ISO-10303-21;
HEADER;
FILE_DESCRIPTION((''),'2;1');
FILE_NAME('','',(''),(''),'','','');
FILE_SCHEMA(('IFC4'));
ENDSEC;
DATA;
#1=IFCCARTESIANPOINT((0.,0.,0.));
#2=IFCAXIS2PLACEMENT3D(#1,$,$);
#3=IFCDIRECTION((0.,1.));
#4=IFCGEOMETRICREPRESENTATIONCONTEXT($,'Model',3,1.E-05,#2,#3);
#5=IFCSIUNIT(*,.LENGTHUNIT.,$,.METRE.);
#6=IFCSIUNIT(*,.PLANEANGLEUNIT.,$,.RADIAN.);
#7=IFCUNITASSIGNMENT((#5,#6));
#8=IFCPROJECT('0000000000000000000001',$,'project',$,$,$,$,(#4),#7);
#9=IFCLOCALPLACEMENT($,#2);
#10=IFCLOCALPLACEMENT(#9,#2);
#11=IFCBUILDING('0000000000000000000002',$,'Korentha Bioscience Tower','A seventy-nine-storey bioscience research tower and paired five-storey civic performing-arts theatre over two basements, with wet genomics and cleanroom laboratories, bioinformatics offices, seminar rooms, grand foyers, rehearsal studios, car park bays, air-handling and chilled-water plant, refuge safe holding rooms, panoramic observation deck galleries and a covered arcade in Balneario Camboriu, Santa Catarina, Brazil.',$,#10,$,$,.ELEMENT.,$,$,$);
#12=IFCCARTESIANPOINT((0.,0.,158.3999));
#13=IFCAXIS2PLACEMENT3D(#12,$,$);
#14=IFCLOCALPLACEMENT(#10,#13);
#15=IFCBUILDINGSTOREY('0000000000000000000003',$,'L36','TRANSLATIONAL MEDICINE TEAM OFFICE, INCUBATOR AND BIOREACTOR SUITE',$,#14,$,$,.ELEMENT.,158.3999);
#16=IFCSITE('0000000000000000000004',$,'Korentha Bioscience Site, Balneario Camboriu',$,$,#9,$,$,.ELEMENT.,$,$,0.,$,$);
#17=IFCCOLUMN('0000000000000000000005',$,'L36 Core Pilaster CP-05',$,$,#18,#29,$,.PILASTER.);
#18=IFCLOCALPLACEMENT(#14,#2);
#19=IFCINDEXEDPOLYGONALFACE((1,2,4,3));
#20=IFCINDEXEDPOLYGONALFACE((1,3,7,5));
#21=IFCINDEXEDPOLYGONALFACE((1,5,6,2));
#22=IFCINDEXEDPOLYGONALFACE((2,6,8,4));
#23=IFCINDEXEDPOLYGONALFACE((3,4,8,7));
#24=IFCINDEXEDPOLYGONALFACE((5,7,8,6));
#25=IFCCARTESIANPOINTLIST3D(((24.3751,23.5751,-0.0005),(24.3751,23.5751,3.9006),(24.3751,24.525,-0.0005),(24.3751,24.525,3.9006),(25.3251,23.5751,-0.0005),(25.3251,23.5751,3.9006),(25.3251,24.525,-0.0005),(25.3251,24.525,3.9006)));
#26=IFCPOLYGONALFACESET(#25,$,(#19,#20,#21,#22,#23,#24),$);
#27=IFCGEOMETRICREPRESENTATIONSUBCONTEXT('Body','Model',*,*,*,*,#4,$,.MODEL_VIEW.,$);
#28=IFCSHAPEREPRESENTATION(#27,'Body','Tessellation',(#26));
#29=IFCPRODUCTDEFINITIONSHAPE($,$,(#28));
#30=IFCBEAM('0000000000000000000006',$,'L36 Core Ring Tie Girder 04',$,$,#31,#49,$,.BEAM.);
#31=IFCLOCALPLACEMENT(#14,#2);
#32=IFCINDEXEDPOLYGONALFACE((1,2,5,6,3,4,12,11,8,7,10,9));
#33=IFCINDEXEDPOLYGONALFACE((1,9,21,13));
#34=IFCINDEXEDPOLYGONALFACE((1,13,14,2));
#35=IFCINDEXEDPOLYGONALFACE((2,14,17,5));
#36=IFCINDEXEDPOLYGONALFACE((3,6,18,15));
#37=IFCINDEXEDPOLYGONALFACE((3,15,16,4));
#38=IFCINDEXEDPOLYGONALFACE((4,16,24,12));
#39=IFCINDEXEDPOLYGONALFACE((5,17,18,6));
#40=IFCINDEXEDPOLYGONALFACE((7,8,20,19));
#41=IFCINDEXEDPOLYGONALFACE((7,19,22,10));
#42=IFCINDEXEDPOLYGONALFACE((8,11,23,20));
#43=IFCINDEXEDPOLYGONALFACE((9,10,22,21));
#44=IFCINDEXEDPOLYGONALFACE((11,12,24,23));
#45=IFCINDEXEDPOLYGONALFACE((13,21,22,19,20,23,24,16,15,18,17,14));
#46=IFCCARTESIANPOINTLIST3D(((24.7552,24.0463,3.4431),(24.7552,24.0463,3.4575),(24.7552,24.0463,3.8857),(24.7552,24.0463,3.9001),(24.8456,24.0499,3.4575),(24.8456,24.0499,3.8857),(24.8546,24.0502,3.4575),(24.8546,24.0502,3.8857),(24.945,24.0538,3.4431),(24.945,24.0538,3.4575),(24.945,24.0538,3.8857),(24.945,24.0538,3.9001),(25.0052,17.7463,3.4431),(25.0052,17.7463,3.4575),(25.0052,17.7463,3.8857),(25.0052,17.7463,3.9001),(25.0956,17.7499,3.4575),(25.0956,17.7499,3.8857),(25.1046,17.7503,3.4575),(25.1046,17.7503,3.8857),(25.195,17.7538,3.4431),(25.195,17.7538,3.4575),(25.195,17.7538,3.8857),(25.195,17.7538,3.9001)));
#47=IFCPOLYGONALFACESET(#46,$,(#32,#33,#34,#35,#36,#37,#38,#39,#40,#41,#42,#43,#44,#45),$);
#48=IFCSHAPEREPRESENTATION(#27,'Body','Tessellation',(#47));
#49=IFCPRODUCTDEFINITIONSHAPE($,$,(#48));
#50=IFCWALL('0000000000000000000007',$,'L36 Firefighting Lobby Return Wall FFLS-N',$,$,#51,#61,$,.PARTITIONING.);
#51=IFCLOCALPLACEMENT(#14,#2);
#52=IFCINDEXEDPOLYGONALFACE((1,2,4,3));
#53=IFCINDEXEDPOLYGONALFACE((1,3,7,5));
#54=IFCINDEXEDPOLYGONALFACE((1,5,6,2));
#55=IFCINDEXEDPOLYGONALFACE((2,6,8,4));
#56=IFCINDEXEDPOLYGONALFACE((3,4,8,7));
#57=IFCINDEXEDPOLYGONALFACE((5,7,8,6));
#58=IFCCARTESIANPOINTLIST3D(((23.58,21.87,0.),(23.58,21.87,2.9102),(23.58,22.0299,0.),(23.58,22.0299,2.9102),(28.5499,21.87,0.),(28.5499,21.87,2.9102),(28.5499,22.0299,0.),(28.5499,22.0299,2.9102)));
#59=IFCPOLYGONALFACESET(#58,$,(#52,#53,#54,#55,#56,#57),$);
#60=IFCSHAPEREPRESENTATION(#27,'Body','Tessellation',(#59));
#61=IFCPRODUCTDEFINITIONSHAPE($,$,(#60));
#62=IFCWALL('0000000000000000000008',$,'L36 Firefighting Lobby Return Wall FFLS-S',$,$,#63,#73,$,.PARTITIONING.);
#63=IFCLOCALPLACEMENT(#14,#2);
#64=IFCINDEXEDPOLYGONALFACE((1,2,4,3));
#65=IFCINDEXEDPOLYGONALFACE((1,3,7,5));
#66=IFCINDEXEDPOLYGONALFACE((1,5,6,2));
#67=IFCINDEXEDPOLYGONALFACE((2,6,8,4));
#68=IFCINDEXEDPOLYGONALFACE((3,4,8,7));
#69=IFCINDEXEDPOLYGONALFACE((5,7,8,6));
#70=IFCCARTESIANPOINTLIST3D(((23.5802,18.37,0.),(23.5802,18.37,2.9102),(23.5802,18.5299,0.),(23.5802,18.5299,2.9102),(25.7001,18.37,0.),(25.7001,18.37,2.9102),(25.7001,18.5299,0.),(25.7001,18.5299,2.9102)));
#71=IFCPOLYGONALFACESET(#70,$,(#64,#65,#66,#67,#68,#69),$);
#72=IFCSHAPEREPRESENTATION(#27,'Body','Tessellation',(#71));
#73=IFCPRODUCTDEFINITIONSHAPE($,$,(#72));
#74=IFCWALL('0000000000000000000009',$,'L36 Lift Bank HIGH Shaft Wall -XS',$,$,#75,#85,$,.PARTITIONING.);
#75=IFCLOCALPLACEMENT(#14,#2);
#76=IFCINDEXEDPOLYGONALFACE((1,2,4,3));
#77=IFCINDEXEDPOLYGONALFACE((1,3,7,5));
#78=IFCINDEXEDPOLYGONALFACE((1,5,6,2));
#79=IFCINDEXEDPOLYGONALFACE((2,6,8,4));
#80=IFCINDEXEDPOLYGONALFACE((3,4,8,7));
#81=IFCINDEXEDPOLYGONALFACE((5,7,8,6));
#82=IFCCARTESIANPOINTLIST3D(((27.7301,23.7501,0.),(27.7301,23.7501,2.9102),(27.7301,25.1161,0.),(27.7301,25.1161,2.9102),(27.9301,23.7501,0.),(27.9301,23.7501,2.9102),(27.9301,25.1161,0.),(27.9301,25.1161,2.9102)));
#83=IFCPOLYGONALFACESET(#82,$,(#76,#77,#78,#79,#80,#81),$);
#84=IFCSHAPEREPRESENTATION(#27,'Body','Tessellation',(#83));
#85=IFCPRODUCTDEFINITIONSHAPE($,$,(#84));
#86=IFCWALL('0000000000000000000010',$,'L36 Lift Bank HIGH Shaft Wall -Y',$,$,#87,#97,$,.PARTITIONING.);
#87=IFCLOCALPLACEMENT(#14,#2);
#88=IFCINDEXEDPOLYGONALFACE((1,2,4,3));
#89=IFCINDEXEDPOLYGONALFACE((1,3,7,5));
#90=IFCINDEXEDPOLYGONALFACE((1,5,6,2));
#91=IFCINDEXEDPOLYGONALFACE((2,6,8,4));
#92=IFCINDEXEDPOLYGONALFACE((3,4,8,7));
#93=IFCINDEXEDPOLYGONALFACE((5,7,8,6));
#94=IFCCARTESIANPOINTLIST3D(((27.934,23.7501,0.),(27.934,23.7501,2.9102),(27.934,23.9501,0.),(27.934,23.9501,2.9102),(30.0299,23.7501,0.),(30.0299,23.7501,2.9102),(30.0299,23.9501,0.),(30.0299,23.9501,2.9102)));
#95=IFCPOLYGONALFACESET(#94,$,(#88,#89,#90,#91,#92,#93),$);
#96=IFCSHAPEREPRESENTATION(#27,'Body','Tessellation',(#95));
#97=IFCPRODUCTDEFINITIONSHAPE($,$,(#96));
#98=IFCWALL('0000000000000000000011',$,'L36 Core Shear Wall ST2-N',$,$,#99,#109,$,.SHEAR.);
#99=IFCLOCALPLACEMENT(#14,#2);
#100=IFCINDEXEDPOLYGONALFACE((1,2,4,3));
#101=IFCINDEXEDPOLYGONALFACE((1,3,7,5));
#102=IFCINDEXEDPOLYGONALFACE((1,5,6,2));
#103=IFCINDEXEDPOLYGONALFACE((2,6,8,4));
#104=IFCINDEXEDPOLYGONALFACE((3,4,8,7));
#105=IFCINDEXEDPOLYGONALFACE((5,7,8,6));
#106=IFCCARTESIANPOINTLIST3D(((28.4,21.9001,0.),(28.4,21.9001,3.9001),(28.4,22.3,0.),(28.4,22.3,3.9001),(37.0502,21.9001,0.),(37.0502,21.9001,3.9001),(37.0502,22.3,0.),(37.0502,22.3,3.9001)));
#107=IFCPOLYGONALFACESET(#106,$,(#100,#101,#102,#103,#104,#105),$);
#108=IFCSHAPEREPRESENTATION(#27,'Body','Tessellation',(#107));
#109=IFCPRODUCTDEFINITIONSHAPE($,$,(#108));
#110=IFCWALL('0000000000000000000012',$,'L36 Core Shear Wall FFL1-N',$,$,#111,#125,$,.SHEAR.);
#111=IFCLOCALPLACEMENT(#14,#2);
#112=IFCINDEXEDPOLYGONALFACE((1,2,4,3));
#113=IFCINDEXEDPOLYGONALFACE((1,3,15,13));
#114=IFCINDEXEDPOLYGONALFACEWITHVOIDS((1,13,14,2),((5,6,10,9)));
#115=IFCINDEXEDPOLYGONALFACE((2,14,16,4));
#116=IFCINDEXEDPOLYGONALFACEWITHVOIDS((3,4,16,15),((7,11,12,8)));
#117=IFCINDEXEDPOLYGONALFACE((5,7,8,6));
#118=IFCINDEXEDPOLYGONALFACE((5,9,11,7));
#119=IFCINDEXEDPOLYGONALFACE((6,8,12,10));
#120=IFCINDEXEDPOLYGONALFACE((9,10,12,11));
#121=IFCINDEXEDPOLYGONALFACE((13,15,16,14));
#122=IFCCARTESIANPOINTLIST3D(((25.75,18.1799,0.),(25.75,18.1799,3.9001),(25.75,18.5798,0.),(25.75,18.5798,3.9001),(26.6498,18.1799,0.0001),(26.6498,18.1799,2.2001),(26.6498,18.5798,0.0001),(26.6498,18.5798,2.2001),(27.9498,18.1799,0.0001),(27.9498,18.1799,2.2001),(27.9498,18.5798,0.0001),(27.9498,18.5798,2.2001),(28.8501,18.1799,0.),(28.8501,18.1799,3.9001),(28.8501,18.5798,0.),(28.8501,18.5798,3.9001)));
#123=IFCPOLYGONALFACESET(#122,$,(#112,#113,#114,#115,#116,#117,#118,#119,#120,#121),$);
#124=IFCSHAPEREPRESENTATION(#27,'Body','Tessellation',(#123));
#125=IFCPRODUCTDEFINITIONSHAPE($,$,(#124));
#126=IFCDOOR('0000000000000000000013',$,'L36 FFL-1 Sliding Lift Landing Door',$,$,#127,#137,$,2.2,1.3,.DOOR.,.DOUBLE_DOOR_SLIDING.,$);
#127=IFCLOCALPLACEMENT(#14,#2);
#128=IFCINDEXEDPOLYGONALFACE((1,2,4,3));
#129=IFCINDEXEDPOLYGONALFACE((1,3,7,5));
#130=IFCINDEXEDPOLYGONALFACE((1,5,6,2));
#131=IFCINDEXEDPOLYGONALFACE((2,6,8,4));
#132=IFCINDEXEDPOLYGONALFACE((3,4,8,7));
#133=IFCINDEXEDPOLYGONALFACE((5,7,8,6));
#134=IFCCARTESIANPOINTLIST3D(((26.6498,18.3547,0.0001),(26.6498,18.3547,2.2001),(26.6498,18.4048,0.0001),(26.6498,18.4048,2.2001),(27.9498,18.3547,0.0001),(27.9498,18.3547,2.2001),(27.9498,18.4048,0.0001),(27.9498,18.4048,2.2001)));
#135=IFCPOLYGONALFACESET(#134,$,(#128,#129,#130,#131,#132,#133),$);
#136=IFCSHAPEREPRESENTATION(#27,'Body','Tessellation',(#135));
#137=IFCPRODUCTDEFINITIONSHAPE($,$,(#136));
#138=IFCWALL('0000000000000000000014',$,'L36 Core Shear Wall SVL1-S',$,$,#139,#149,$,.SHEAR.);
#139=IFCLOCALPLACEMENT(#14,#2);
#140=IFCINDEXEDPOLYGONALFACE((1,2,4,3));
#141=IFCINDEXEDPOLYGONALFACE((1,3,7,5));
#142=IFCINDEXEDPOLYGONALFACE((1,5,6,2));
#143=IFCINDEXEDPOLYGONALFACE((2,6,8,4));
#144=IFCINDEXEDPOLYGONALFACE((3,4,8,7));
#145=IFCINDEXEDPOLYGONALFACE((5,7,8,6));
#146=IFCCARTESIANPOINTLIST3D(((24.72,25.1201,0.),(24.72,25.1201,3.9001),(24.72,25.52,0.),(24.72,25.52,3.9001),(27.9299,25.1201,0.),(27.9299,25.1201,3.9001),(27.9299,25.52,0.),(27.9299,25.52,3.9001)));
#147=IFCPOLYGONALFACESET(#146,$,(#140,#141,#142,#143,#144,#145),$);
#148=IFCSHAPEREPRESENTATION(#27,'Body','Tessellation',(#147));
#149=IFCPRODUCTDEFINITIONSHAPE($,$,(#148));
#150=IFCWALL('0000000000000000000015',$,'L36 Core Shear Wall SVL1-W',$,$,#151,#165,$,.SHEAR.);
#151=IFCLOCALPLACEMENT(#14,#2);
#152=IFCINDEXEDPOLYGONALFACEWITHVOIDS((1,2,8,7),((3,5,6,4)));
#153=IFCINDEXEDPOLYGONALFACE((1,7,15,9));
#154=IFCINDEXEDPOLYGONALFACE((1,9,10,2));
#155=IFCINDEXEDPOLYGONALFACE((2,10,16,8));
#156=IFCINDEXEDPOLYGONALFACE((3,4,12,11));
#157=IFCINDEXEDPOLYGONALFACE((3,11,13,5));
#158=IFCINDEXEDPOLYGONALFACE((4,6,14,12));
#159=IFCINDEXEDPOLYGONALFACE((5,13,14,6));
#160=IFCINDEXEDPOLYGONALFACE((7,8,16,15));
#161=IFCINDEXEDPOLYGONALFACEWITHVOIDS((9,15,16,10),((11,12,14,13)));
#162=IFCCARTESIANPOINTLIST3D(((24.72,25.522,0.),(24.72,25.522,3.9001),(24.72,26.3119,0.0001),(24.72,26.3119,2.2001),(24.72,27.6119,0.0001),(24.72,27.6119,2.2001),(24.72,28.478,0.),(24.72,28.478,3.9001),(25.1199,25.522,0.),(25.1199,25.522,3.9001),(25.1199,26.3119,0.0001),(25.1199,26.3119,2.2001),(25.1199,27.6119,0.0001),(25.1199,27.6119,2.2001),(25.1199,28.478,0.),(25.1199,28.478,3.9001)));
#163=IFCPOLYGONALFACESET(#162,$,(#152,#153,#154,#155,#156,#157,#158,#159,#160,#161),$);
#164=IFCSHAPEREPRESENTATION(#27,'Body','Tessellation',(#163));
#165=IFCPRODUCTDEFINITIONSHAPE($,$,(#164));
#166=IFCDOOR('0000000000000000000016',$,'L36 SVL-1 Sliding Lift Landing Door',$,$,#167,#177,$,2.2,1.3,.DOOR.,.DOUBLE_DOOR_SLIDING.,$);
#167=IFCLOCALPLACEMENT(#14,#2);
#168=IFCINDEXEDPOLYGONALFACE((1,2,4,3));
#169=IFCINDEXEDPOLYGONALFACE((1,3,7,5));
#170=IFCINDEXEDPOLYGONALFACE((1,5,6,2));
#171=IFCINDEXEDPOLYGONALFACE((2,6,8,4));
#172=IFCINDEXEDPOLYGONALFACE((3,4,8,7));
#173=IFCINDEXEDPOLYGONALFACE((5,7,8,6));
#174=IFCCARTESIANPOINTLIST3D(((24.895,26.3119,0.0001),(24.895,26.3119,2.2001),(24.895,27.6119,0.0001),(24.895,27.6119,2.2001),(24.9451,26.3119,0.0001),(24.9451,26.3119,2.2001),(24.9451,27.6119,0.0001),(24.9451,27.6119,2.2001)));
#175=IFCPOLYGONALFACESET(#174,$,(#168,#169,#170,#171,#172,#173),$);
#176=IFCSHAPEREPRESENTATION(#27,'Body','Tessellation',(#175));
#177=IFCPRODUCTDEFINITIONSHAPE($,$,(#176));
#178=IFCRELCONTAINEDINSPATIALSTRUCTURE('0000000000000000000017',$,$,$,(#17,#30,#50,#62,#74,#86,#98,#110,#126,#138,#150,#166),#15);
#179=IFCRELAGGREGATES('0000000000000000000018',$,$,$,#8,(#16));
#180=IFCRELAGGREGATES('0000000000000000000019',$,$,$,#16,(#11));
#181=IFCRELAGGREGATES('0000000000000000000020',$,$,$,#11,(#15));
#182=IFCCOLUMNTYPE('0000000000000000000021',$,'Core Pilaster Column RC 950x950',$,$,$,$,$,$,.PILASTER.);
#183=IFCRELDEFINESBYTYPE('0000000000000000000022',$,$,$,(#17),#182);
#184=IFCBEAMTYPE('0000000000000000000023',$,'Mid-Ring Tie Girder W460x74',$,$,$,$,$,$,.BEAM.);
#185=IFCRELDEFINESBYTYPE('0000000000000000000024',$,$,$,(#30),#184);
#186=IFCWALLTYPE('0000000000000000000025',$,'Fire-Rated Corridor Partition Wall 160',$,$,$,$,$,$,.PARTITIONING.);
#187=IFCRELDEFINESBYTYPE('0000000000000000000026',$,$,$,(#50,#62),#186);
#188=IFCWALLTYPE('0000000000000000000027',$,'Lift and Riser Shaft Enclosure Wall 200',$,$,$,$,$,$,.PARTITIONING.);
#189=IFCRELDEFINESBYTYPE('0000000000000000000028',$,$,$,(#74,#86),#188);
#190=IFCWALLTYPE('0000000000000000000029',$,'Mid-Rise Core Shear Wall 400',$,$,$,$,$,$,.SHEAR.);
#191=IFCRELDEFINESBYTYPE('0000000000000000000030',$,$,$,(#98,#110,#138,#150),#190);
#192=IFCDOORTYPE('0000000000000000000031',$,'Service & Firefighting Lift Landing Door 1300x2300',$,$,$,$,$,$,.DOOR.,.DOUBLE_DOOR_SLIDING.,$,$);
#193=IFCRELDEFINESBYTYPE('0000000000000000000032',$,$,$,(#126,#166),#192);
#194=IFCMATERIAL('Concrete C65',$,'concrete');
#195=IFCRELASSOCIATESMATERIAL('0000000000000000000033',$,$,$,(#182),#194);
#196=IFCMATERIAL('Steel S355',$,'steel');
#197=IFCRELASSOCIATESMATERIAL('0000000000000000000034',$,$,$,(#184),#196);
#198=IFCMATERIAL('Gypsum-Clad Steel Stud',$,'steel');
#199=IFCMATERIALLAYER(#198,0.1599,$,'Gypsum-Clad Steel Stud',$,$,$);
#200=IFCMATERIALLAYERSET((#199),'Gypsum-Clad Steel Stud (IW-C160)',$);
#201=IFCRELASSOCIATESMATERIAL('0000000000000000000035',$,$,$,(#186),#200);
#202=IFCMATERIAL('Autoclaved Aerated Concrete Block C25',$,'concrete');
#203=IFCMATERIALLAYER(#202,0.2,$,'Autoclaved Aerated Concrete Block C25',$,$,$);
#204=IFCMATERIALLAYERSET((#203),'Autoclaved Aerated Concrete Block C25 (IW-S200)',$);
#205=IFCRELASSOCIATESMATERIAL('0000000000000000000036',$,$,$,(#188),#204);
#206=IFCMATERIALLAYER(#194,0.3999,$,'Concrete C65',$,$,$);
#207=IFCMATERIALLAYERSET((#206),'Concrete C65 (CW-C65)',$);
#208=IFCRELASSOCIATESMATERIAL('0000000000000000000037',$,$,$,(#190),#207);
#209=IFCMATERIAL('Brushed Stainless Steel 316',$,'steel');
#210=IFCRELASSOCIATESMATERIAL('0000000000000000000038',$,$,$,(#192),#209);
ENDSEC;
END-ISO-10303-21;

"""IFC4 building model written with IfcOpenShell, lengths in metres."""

from ifc_helpers import new_model, si_unit, direction, frame, frame_2d, origin, origin_2d, place, context, subcontext, project, spatial, rectangle, i_section, extrude, material, layer, layer_set, material_profile, profile_set, type_object, element, fill, save


model = new_model("IFC4")

# Units and contexts
model_context = context("Model", 3, precision=1e-05, world=origin(), true_north=direction((0.0, 1.0)))
body_context = subcontext(model_context, "Body", "Model", "MODEL_VIEW")
ifc_project = project(units=[si_unit("LENGTHUNIT", "METRE"), si_unit("PLANEANGLEUNIT", "RADIAN")], contexts=[model_context])

# Site, building, storey
site_placement = place(None, origin())
site = spatial("IfcSite", under=ifc_project, at=site_placement, Name="Korentha Bioscience Site, Balneario Camboriu", CompositionType="ELEMENT", RefElevation=0.0)
building_placement = place(site_placement, origin())
building = spatial("IfcBuilding", under=site, at=building_placement, Name="Korentha Bioscience Tower", Description="A seventy-nine-storey bioscience research tower and paired five-storey civic performing-arts theatre over two basements, with wet genomics and cleanroom laboratories, bioinformatics offices, seminar rooms, grand foyers, rehearsal studios, car park bays, air-handling and chilled-water plant, refuge safe holding rooms, panoramic observation deck galleries and a covered arcade in Balneario Camboriu, Santa Catarina, Brazil.", CompositionType="ELEMENT")
storey_placement = place(building_placement, frame((0.0, 0.0, 158.3999)))
storey = spatial("IfcBuildingStorey", under=building, at=storey_placement, Name="L36", Description="TRANSLATIONAL MEDICINE TEAM OFFICE, INCUBATOR AND BIOREACTOR SUITE", CompositionType="ELEMENT", Elevation=158.3999)

# Column
ifc_material_1 = material(Name="Concrete C65", Category="concrete")
ifc_material_profile_1 = material_profile(ifc_material_1, rectangle(XDim=0.95, YDim=0.95, at=origin_2d()), Name="Concrete C65")
ifc_profile_set_1 = profile_set([ifc_material_profile_1], Name="Concrete C65 (COL-CP09)")
column_type = type_object("IfcColumnType", Name="Core Pilaster Column RC 950x950", PredefinedType="PILASTER", material=ifc_profile_set_1)
column_placement = place(storey_placement, frame((24.8501, 24.05, -0.0005), z_axis=(0.0, 0.0, 1.0), x_axis=(1.0, 0.0, 0.0)))
element("IfcColumn", 1, at=column_placement, inside=storey, type_object=column_type, Name="L36 Core Pilaster CP-05", PredefinedType="PILASTER", context=body_context, shape_type="SweptSolid", body=[
    extrude(rectangle(XDim=0.95, YDim=0.95, at=origin_2d()), origin(), (0.0, 0.0, 1.0), 3.9011),
])

# Beam
ifc_material_2 = material(Name="Steel S355", Category="steel")
ifc_material_profile_2 = material_profile(ifc_material_2, i_section(OverallWidth=0.1899, OverallDepth=0.457, WebThickness=0.009, FlangeThickness=0.0144, at=origin_2d()), Name="Steel S355")
ifc_profile_set_2 = profile_set([ifc_material_profile_2], Name="Steel S355 (MB-460)")
beam_type = type_object("IfcBeamType", Name="Mid-Ring Tie Girder W460x74", PredefinedType="BEAM", material=ifc_profile_set_2)
beam_placement = place(storey_placement, frame((24.8501, 24.05, 3.6716), z_axis=(0.039651, -0.999214, 0.0), x_axis=(0.999214, 0.039651, 0.0)))
element("IfcBeam", 2, at=beam_placement, inside=storey, type_object=beam_type, Name="L36 Core Ring Tie Girder 04", PredefinedType="BEAM", context=body_context, shape_type="SweptSolid", body=[
    extrude(i_section(OverallWidth=0.1899, OverallDepth=0.457, WebThickness=0.009, FlangeThickness=0.0144, at=origin_2d()), origin(), (0.0, 0.0, 1.0), 6.3049),
])

# Shared definitions
ifc_material_3 = material(Name="Gypsum-Clad Steel Stud", Category="steel")
ifc_layer_1 = layer(ifc_material_3, 0.1599, Name="Gypsum-Clad Steel Stud")
ifc_layer_set_1 = layer_set([ifc_layer_1], Name="Gypsum-Clad Steel Stud (IW-C160)")
wall_type_1 = type_object("IfcWallType", Name="Fire-Rated Corridor Partition Wall 160", PredefinedType="PARTITIONING", material=ifc_layer_set_1)

# Walls
wall_1_placement = place(storey_placement, frame((23.5801, 21.95, 0.0), z_axis=(0.0, 0.0, 1.0), x_axis=(1.0, 0.0, 0.0)))
element("IfcWall", 3, at=wall_1_placement, inside=storey, type_object=wall_type_1, Name="L36 Firefighting Lobby Return Wall FFLS-N", PredefinedType="PARTITIONING", context=body_context, shape_type="SweptSolid", body=[
    extrude(rectangle(XDim=4.97, YDim=0.1599, at=frame_2d((2.4849, 0.0))), origin(), (0.0, 0.0, 1.0), 2.9102),
])
wall_2_placement = place(storey_placement, frame((23.5801, 18.45, 0.0), z_axis=(0.0, 0.0, 1.0), x_axis=(1.0, 0.0, 0.0)))
element("IfcWall", 4, at=wall_2_placement, inside=storey, type_object=wall_type_1, Name="L36 Firefighting Lobby Return Wall FFLS-S", PredefinedType="PARTITIONING", context=body_context, shape_type="SweptSolid", body=[
    extrude(rectangle(XDim=2.1199, YDim=0.1599, at=frame_2d((1.0601, 0.0))), origin(), (0.0, 0.0, 1.0), 2.9102),
])
ifc_material_4 = material(Name="Autoclaved Aerated Concrete Block C25", Category="concrete")
ifc_layer_2 = layer(ifc_material_4, 0.2, Name="Autoclaved Aerated Concrete Block C25")
ifc_layer_set_2 = layer_set([ifc_layer_2], Name="Autoclaved Aerated Concrete Block C25 (IW-S200)")
wall_type_2 = type_object("IfcWallType", Name="Lift and Riser Shaft Enclosure Wall 200", PredefinedType="PARTITIONING", material=ifc_layer_set_2)
wall_3_placement = place(storey_placement, frame((27.8301, 23.75, 0.0), z_axis=(0.0, 0.0, 1.0), x_axis=(0.0, 1.0, 0.0)))
element("IfcWall", 5, at=wall_3_placement, inside=storey, type_object=wall_type_2, Name="L36 Lift Bank HIGH Shaft Wall -XS", PredefinedType="PARTITIONING", context=body_context, shape_type="SweptSolid", body=[
    extrude(rectangle(XDim=1.366, YDim=0.2, at=frame_2d((0.6831, 0.0))), origin(), (0.0, 0.0, 1.0), 2.9102),
])
wall_4_placement = place(storey_placement, frame((27.9341, 23.8501, 0.0), z_axis=(0.0, 0.0, 1.0), x_axis=(1.0, 0.0, 0.0)))
element("IfcWall", 6, at=wall_4_placement, inside=storey, type_object=wall_type_2, Name="L36 Lift Bank HIGH Shaft Wall -Y", PredefinedType="PARTITIONING", context=body_context, shape_type="SweptSolid", body=[
    extrude(rectangle(XDim=2.0959, YDim=0.2, at=frame_2d((1.0479, 0.0))), origin(), (0.0, 0.0, 1.0), 2.9102),
])
ifc_layer_3 = layer(ifc_material_1, 0.3999, Name="Concrete C65")
ifc_layer_set_3 = layer_set([ifc_layer_3], Name="Concrete C65 (CW-C65)")
wall_type_3 = type_object("IfcWallType", Name="Mid-Rise Core Shear Wall 400", PredefinedType="SHEAR", material=ifc_layer_set_3)
wall_5_placement = place(storey_placement, frame((28.3999, 22.1001, 0.0), z_axis=(0.0, 0.0, 1.0), x_axis=(1.0, 0.0, 0.0)))
element("IfcWall", 7, at=wall_5_placement, inside=storey, type_object=wall_type_3, Name="L36 Core Shear Wall ST2-N", PredefinedType="SHEAR", context=body_context, shape_type="SweptSolid", body=[
    extrude(rectangle(XDim=8.6501, YDim=0.3999, at=frame_2d((4.3252, 0.0))), origin(), (0.0, 0.0, 1.0), 3.9001),
])

# Wall, opening, door
wall_6_placement = place(storey_placement, frame((25.75, 18.3799, 0.0), z_axis=(0.0, 0.0, 1.0), x_axis=(1.0, 0.0, 0.0)))
wall_6 = element("IfcWall", 8, at=wall_6_placement, inside=storey, type_object=wall_type_3, Name="L36 Core Shear Wall FFL1-N", PredefinedType="SHEAR", context=body_context, shape_type="SweptSolid", body=[
    extrude(rectangle(XDim=3.1001, YDim=0.3999, at=frame_2d((1.55, 0.0))), origin(), (0.0, 0.0, 1.0), 3.9001),
])
opening_1_placement = place(wall_6_placement, frame((0.8999, 0.0, 0.0)))
opening_1 = element("IfcOpeningElement", 9, at=opening_1_placement, cuts=wall_6, PredefinedType="OPENING", context=body_context, shape_type="SweptSolid", body=[
    extrude(rectangle(XDim=1.3, YDim=2.2, at=frame_2d((0.6499, 1.1001))), frame((0.0, 0.2148, 0.0), z_axis=(0.0, -1.0, 0.0), x_axis=(1.0, 0.0, 0.0)), (0.0, 0.0, 1.0), 0.4297),
])
ifc_material_5 = material(Name="Brushed Stainless Steel 316", Category="steel")
door_type_1 = type_object("IfcDoorType", Name="Service & Firefighting Lift Landing Door 1300x2300", OperationType="DOUBLE_DOOR_SLIDING", PredefinedType="DOOR", material=ifc_material_5)
door_1_placement = place(opening_1_placement, origin())
door_1 = element("IfcDoor", 10, at=door_1_placement, inside=storey, type_object=door_type_1, Name="L36 FFL-1 Sliding Lift Landing Door", OperationType="DOUBLE_DOOR_SLIDING", OverallHeight=2.2, OverallWidth=1.3, PredefinedType="DOOR", context=body_context, shape_type="SweptSolid", body=[
    extrude(rectangle(XDim=1.3, YDim=2.2, at=frame_2d((0.6499, 1.1001))), frame((0.0, 0.0249, 0.0), z_axis=(0.0, -1.0, 0.0), x_axis=(1.0, 0.0, 0.0)), (0.0, 0.0, 1.0), 0.05),
])
fill(opening_1, door_1)

# Wall
wall_7_placement = place(storey_placement, frame((24.72, 25.3201, 0.0), z_axis=(0.0, 0.0, 1.0), x_axis=(1.0, 0.0, 0.0)))
element("IfcWall", 11, at=wall_7_placement, inside=storey, type_object=wall_type_3, Name="L36 Core Shear Wall SVL1-S", PredefinedType="SHEAR", context=body_context, shape_type="SweptSolid", body=[
    extrude(rectangle(XDim=3.21, YDim=0.3999, at=frame_2d((1.605, 0.0))), origin(), (0.0, 0.0, 1.0), 3.9001),
])

# Wall, opening, door
wall_8_placement = place(storey_placement, frame((24.9199, 25.522, 0.0), z_axis=(0.0, 0.0, 1.0), x_axis=(0.0, 1.0, 0.0)))
wall_8 = element("IfcWall", 12, at=wall_8_placement, inside=storey, type_object=wall_type_3, Name="L36 Core Shear Wall SVL1-W", PredefinedType="SHEAR", context=body_context, shape_type="SweptSolid", body=[
    extrude(rectangle(XDim=2.9561, YDim=0.3999, at=frame_2d((1.478, 0.0))), origin(), (0.0, 0.0, 1.0), 3.9001),
])
opening_2_placement = place(wall_8_placement, frame((0.79, 0.0, 0.0)))
opening_2 = element("IfcOpeningElement", 13, at=opening_2_placement, cuts=wall_8, PredefinedType="OPENING", context=body_context, shape_type="SweptSolid", body=[
    extrude(rectangle(XDim=1.3, YDim=2.2, at=frame_2d((0.6499, 1.1001))), frame((0.0, 0.2148, 0.0), z_axis=(0.0, -1.0, 0.0), x_axis=(1.0, 0.0, 0.0)), (0.0, 0.0, 1.0), 0.4297),
])
door_2_placement = place(opening_2_placement, origin())
door_2 = element("IfcDoor", 14, at=door_2_placement, inside=storey, type_object=door_type_1, Name="L36 SVL-1 Sliding Lift Landing Door", OperationType="DOUBLE_DOOR_SLIDING", OverallHeight=2.2, OverallWidth=1.3, PredefinedType="DOOR", context=body_context, shape_type="SweptSolid", body=[
    extrude(rectangle(XDim=1.3, YDim=2.2, at=frame_2d((0.6499, 1.1001))), frame((0.0, 0.0249, 0.0), z_axis=(0.0, -1.0, 0.0), x_axis=(1.0, 0.0, 0.0)), (0.0, 0.0, 1.0), 0.05),
])
fill(opening_2, door_2)

save(model, "model.ifc")
